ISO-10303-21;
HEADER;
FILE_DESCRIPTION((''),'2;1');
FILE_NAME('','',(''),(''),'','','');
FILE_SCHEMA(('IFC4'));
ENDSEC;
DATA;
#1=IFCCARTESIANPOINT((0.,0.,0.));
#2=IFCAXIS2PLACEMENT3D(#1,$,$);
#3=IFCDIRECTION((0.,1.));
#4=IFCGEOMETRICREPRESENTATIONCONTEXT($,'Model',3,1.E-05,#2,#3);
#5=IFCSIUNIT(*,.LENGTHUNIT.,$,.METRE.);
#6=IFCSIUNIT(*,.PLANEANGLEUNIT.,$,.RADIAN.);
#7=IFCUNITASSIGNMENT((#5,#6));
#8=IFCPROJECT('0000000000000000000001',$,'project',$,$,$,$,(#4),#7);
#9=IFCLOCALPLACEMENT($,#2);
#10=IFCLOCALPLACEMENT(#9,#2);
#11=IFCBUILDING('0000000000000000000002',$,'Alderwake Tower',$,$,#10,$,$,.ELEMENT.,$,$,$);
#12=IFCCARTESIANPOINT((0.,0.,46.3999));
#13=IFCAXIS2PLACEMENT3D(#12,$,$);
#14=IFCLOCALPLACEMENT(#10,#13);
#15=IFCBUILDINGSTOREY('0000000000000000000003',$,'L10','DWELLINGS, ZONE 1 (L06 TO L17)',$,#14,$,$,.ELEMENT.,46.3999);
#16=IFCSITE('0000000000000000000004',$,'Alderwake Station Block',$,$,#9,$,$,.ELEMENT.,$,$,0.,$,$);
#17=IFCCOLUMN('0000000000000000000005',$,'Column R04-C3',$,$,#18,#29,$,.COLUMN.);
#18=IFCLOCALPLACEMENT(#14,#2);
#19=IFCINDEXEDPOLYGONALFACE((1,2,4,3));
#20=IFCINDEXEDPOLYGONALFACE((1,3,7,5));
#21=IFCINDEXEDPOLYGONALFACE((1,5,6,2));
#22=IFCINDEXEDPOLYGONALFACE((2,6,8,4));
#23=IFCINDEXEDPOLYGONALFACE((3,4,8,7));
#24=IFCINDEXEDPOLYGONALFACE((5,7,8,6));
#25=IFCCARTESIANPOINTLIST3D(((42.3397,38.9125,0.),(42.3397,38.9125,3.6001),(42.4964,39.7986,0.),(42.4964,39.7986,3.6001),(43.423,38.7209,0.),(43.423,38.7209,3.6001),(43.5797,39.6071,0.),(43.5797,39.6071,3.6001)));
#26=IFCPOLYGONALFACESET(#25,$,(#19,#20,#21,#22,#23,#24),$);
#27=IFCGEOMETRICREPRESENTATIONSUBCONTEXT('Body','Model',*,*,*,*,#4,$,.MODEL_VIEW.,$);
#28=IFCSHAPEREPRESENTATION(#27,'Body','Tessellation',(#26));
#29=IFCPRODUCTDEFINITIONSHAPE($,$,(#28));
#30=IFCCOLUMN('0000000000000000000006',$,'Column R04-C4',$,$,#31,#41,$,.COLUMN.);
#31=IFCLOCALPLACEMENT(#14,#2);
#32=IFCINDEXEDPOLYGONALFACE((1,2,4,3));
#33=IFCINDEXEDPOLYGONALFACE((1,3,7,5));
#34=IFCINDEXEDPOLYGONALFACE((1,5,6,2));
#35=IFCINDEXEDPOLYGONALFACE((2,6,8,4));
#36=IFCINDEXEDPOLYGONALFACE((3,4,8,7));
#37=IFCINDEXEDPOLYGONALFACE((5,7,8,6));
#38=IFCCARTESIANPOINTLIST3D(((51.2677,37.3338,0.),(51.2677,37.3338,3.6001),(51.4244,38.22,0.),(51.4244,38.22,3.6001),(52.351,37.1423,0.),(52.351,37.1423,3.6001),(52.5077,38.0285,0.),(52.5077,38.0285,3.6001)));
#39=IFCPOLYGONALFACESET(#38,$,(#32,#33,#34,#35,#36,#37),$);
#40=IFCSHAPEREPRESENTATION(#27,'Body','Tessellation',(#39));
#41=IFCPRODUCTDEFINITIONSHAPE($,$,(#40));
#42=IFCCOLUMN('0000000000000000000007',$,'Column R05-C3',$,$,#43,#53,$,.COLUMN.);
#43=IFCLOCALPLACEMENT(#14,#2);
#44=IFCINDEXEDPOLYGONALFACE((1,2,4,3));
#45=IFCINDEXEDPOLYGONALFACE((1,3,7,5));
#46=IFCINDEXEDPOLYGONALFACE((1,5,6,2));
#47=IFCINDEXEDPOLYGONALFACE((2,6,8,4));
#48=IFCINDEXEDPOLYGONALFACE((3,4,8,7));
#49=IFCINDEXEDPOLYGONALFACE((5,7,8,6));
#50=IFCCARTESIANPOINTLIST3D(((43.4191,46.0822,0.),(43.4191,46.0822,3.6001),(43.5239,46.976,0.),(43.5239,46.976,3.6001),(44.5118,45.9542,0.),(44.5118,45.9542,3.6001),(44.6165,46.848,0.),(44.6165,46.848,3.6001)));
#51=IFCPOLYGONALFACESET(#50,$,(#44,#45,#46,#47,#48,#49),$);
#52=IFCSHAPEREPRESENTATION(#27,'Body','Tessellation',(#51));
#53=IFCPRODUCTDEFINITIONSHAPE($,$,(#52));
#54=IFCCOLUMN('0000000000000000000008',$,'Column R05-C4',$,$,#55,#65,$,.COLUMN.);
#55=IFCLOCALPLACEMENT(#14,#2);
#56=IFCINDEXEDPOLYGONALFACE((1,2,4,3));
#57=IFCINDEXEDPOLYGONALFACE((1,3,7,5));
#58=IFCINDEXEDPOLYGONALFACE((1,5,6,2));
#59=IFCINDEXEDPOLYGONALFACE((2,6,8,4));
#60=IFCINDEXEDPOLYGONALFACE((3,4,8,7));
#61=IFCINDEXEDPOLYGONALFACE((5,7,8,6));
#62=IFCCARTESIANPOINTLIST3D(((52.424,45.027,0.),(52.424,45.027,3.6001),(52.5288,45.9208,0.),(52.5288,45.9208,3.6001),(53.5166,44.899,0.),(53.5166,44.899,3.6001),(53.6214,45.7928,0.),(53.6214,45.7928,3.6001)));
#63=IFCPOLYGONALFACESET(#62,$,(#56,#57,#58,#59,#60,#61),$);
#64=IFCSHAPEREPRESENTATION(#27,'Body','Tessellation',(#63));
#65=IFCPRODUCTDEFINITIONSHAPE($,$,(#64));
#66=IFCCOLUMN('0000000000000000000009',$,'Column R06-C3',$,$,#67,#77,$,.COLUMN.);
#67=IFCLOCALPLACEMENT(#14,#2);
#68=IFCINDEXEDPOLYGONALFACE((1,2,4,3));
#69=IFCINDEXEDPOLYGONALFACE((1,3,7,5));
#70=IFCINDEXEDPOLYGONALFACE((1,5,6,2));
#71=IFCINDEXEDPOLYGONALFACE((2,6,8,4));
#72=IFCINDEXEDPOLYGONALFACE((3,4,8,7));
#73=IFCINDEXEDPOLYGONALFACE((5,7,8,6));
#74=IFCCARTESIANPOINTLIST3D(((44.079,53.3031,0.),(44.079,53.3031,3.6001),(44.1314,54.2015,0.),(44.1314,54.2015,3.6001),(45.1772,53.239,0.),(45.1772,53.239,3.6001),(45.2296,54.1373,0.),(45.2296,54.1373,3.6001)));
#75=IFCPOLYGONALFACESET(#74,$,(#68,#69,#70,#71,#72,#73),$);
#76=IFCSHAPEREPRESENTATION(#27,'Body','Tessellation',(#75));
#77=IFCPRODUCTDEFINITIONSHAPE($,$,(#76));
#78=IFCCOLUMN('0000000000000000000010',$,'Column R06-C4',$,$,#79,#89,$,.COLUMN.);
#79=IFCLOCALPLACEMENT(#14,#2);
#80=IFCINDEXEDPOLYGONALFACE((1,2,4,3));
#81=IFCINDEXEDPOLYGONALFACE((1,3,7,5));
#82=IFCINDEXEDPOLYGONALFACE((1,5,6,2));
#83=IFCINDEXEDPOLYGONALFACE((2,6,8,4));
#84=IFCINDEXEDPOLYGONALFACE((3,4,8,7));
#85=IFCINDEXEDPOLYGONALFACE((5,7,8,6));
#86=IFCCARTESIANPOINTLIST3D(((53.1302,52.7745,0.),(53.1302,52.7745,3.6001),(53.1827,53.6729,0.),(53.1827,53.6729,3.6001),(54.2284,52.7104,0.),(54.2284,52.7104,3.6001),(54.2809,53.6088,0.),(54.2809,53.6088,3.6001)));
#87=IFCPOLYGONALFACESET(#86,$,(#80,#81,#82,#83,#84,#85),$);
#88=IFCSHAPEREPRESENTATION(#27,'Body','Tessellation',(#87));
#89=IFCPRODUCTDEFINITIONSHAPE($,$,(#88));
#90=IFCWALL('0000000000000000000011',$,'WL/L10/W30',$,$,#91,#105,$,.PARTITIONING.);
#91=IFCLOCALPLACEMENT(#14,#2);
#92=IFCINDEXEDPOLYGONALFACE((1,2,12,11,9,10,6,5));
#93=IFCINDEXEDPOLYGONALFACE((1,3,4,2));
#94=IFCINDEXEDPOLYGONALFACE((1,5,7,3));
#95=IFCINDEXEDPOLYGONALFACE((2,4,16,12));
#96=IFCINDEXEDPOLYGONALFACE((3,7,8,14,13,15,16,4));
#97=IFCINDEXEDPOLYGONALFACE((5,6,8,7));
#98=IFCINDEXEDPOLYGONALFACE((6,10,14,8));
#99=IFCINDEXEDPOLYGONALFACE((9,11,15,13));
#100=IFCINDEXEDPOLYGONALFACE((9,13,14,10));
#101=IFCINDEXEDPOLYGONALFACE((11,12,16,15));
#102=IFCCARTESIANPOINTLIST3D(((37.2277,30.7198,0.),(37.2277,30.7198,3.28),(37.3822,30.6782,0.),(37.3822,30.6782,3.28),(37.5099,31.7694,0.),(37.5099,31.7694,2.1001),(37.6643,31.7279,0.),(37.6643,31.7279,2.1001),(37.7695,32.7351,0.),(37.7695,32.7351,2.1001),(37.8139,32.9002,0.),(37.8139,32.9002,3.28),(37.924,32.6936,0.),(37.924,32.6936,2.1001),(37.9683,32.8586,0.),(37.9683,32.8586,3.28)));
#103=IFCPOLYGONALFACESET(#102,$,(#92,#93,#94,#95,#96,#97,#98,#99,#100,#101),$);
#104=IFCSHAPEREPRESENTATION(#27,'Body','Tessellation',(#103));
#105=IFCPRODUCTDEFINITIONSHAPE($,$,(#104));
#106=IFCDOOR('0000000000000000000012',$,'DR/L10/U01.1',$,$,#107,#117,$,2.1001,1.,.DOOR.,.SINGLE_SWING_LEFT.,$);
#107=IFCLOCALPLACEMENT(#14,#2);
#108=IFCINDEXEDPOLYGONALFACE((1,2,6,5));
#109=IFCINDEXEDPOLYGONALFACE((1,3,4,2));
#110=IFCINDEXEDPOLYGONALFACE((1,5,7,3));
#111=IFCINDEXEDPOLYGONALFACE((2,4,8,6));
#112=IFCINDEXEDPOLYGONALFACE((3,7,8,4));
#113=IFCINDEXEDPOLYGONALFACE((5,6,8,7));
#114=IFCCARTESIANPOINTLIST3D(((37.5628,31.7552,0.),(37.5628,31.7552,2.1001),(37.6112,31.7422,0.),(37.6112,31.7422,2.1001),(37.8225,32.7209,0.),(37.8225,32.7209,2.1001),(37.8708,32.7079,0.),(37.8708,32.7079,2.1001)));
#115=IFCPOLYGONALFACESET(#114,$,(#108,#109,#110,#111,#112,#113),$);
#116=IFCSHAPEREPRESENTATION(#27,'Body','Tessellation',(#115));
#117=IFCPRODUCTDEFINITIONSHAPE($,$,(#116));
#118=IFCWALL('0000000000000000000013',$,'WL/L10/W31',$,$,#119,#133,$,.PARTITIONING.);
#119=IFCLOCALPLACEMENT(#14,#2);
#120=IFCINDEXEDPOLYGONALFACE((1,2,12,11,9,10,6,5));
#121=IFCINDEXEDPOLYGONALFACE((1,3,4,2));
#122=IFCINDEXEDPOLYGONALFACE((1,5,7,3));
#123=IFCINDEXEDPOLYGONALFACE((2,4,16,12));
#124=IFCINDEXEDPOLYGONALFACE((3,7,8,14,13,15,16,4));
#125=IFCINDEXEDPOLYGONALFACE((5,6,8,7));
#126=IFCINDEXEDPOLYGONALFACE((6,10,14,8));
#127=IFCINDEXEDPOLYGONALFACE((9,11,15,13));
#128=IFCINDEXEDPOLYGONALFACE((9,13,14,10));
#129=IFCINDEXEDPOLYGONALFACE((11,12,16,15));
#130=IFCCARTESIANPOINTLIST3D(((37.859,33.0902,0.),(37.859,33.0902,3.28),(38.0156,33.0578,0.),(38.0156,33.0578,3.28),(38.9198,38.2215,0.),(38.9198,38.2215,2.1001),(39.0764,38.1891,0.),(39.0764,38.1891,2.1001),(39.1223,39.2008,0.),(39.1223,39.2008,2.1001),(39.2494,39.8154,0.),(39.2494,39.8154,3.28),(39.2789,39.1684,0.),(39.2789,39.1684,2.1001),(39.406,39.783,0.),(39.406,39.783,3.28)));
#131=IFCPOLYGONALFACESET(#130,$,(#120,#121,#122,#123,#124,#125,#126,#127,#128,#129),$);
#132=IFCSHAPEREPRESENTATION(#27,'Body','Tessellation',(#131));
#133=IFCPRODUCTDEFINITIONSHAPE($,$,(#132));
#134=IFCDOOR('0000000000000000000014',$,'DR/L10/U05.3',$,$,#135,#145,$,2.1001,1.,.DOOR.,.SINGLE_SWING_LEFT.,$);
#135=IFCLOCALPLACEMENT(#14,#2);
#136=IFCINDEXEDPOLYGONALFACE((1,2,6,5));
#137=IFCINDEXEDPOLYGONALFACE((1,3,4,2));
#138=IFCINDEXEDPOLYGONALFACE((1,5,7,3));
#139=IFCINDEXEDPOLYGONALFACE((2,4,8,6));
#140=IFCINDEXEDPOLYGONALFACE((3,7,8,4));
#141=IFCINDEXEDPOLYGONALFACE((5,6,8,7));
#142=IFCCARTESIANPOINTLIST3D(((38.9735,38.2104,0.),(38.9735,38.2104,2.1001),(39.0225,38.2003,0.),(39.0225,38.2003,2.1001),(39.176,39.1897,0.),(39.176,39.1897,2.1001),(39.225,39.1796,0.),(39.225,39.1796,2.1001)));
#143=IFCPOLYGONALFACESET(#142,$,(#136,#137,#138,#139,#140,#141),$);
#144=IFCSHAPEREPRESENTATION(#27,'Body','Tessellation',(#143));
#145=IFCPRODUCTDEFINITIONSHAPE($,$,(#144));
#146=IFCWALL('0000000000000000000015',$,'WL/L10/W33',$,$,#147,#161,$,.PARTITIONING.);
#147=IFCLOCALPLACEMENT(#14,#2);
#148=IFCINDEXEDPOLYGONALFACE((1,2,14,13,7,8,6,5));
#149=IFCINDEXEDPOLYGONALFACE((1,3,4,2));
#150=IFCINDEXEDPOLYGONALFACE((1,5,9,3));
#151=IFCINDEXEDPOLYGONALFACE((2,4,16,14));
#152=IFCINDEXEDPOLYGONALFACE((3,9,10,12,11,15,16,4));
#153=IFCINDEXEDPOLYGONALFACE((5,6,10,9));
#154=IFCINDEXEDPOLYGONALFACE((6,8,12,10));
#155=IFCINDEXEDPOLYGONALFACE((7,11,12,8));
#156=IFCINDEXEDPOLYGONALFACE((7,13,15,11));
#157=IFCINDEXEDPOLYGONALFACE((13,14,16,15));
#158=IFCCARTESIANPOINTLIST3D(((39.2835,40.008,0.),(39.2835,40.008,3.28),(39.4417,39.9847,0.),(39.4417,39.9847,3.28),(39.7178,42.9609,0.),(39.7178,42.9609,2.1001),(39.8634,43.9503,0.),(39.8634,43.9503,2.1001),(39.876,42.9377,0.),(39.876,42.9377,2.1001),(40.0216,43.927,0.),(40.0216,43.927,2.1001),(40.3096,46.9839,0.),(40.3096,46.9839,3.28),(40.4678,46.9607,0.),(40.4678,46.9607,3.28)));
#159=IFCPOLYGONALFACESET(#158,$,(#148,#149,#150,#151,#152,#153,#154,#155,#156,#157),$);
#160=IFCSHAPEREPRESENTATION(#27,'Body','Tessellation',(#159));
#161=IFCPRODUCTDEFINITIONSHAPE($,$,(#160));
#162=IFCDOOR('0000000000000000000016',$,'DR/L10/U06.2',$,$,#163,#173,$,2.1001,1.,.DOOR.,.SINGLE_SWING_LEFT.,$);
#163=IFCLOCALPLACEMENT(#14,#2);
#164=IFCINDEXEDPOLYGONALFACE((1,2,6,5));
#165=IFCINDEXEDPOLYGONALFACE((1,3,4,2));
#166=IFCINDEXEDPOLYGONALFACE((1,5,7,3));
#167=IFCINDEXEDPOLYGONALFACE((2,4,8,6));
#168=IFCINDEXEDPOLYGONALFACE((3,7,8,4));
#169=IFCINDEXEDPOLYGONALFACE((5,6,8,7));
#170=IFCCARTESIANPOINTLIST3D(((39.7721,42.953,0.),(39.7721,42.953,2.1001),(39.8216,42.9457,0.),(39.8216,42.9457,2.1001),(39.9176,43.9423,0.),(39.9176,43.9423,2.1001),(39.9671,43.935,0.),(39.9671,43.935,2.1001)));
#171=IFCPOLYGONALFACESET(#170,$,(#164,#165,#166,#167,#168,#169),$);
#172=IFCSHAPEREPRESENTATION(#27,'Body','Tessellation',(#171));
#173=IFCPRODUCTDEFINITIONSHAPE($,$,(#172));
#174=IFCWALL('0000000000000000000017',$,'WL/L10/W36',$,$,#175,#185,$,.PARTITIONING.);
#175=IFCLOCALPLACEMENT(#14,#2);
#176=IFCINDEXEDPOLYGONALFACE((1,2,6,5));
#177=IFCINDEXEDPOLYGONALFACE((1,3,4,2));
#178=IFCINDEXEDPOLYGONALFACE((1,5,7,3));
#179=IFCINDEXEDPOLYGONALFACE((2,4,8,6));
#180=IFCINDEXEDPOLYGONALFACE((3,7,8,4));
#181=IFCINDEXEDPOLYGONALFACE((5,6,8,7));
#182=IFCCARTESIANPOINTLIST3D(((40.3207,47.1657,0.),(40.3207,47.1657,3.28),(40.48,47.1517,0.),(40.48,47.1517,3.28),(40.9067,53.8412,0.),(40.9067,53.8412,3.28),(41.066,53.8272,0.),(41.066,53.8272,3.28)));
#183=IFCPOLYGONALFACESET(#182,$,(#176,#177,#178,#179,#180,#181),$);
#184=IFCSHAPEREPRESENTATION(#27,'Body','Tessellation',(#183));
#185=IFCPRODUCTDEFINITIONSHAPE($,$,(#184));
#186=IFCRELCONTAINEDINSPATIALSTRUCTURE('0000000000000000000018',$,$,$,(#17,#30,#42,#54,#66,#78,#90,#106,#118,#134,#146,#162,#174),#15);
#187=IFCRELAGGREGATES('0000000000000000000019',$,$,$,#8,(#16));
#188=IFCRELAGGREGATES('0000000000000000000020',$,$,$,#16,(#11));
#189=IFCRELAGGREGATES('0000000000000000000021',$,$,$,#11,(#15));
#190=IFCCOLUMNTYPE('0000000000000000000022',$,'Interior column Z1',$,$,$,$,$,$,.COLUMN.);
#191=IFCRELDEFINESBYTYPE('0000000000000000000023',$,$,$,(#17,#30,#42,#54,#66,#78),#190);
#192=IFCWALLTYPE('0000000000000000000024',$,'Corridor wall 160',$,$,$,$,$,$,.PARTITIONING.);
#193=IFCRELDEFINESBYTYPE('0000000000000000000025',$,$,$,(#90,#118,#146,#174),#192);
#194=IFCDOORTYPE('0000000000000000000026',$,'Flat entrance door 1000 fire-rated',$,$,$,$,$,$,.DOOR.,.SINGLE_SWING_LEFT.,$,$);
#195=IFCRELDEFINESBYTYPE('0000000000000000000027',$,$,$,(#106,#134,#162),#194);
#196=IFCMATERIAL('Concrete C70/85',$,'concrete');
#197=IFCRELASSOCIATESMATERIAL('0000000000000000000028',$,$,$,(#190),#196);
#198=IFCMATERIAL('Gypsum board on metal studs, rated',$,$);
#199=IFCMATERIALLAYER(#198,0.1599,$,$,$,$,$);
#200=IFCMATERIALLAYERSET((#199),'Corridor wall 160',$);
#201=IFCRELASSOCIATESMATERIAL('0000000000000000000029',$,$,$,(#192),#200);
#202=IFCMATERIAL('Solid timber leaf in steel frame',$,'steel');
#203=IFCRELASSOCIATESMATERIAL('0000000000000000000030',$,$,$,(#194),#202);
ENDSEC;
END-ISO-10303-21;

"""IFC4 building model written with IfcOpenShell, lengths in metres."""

from ifc_helpers import new_model, si_unit, direction, frame, frame_2d, origin, origin_2d, place, context, subcontext, project, spatial, rectangle, extrude, material, layer, layer_set, material_profile, profile_set, type_object, element, fill, save


model = new_model("IFC4")

# Units and contexts
model_context = context("Model", 3, precision=1e-05, world=origin(), true_north=direction((0.0, 1.0)))
body_context = subcontext(model_context, "Body", "Model", "MODEL_VIEW")
ifc_project = project(units=[si_unit("LENGTHUNIT", "METRE"), si_unit("PLANEANGLEUNIT", "RADIAN")], contexts=[model_context])

# Site, building, storey
site_placement = place(None, origin())
site = spatial("IfcSite", under=ifc_project, at=site_placement, Name="Alderwake Station Block", CompositionType="ELEMENT", RefElevation=0.0)
building_placement = place(site_placement, origin())
building = spatial("IfcBuilding", under=site, at=building_placement, Name="Alderwake Tower", CompositionType="ELEMENT")
storey_placement = place(building_placement, frame((0.0, 0.0, 46.3999)))
storey = spatial("IfcBuildingStorey", under=building, at=storey_placement, Name="L10", Description="DWELLINGS, ZONE 1 (L06 TO L17)", CompositionType="ELEMENT", Elevation=46.3999)

# Columns
ifc_material_1 = material(Name="Concrete C70/85", Category="concrete")
ifc_material_profile = material_profile(ifc_material_1, rectangle(XDim=0.8999, YDim=1.1001, at=origin_2d()), Name="RC 1100X900")
ifc_profile_set = profile_set([ifc_material_profile], Name="Concrete C70/85")
column_type = type_object("IfcColumnType", Name="Interior column Z1", PredefinedType="COLUMN", material=ifc_profile_set)
for number, where, z_axis, x_axis, name in (
    (1, (42.9597, 39.2598, 0.0), (0.0, 0.0, 1.0), (0.174109, 0.984726, 0.0), "Column R04-C3"),
    (2, (51.8877, 37.6812, 0.0), (0.0, 0.0, 1.0), (0.174109, 0.984726, 0.0), "Column R04-C4"),
    (3, (44.0178, 46.4651, 0.0), (0.0, 0.0, 1.0), (0.116402, 0.993202, 0.0), "Column R05-C3"),
    (4, (53.0227, 45.4099, 0.0), (0.0, 0.0, 1.0), (0.116402, 0.993202, 0.0), "Column R05-C4"),
    (5, (44.6543, 53.7202, 0.0), (0.0, 0.0, 1.0), (0.058301, 0.998299, 0.0), "Column R06-C3"),
    (6, (53.7056, 53.1917, 0.0), (0.0, 0.0, 1.0), (0.058299, 0.998299, 0.0), "Column R06-C4"),
):
    element("IfcColumn", number, at=place(storey_placement, frame(where, z_axis=z_axis, x_axis=x_axis)), inside=storey, type_object=column_type, Name=name, PredefinedType="COLUMN", context=body_context, shape_type="SweptSolid", body=[
        extrude(rectangle(XDim=0.8999, YDim=1.1001, at=origin_2d()), origin(), (0.0, 0.0, 1.0), 3.6001),
    ])

# Walls, openings, doors
ifc_material_2 = material(Name="Gypsum board on metal studs, rated")
ifc_layer_1 = layer(ifc_material_2, 0.1599)
ifc_layer_set_1 = layer_set([ifc_layer_1], Name="Corridor wall 160")
wall_type_1 = type_object("IfcWallType", Name="Corridor wall 160", PredefinedType="PARTITIONING", material=ifc_layer_set_1)
wall_1_placement = place(storey_placement, frame((37.8911, 32.8794, 0.0), z_axis=(0.0, 0.0, 1.0), x_axis=(-0.259621, -0.965711, 0.0)))
wall_1 = element("IfcWall", 7, at=wall_1_placement, inside=storey, type_object=wall_type_1, Name="WL/L10/W30", PredefinedType="PARTITIONING", context=body_context, shape_type="SweptSolid", body=[
    extrude(rectangle(XDim=2.2578, YDim=0.1599, at=frame_2d((1.1289, 0.0))), origin(), (0.0, 0.0, 1.0), 3.28),
])
opening_1_placement = place(wall_1_placement, frame((0.1709, 0.0, 0.0)))
opening_1 = element("IfcOpeningElement", 8, at=opening_1_placement, cuts=wall_1, PredefinedType="OPENING", context=body_context, shape_type="SweptSolid", body=[
    extrude(rectangle(XDim=1.0, YDim=2.1001, at=frame_2d((0.5, 1.05))), frame((0.0, 0.0898, 0.0), z_axis=(0.0, -1.0, 0.0), x_axis=(1.0, 0.0, 0.0)), (0.0, 0.0, 1.0), 0.1799),
])
ifc_material_3 = material(Name="Solid timber leaf in steel frame", Category="steel")
door_type_1 = type_object("IfcDoorType", Name="Flat entrance door 1000 fire-rated", OperationType="SINGLE_SWING_LEFT", PredefinedType="DOOR", material=ifc_material_3)
door_1_placement = place(opening_1_placement, origin())
door_1 = element("IfcDoor", 9, at=door_1_placement, inside=storey, type_object=door_type_1, Name="DR/L10/U01.1", OperationType="SINGLE_SWING_LEFT", OverallHeight=2.1001, OverallWidth=1.0, PredefinedType="DOOR", context=body_context, shape_type="SweptSolid", body=[
    extrude(rectangle(XDim=1.0, YDim=2.1001, at=frame_2d((0.5, 1.05))), frame((0.0, 0.0249, 0.0), z_axis=(0.0, -1.0, 0.0), x_axis=(1.0, 0.0, 0.0)), (0.0, 0.0, 1.0), 0.05),
])
fill(opening_1, door_1)
wall_2_placement = place(storey_placement, frame((39.3276, 39.7991, 0.0), z_axis=(0.0, 0.0, 1.0), x_axis=(-0.202463, -0.97929, 0.0)))
wall_2 = element("IfcWall", 10, at=wall_2_placement, inside=storey, type_object=wall_type_1, Name="WL/L10/W31", PredefinedType="PARTITIONING", context=body_context, shape_type="SweptSolid", body=[
    extrude(rectangle(XDim=6.8674, YDim=0.1599, at=frame_2d((3.4336, 0.0))), origin(), (0.0, 0.0, 1.0), 3.28),
])
opening_2_placement = place(wall_2_placement, frame((0.6274, 0.0, 0.0)))
opening_2 = element("IfcOpeningElement", 11, at=opening_2_placement, cuts=wall_2, PredefinedType="OPENING", context=body_context, shape_type="SweptSolid", body=[
    extrude(rectangle(XDim=1.0, YDim=2.1001, at=frame_2d((0.5, 1.05))), frame((0.0, 0.0898, 0.0), z_axis=(0.0, -1.0, 0.0), x_axis=(1.0, 0.0, 0.0)), (0.0, 0.0, 1.0), 0.1799),
])
door_2_placement = place(opening_2_placement, origin())
door_2 = element("IfcDoor", 12, at=door_2_placement, inside=storey, type_object=door_type_1, Name="DR/L10/U05.3", OperationType="SINGLE_SWING_LEFT", OverallHeight=2.1001, OverallWidth=1.0, PredefinedType="DOOR", context=body_context, shape_type="SweptSolid", body=[
    extrude(rectangle(XDim=1.0, YDim=2.1001, at=frame_2d((0.5, 1.05))), frame((0.0, 0.0249, 0.0), z_axis=(0.0, -1.0, 0.0), x_axis=(1.0, 0.0, 0.0)), (0.0, 0.0, 1.0), 0.05),
])
fill(opening_2, door_2)
wall_3_placement = place(storey_placement, frame((40.3887, 46.9722, 0.0), z_axis=(0.0, 0.0, 1.0), x_axis=(-0.145526, -0.989354, 0.0)))
wall_3 = element("IfcWall", 13, at=wall_3_placement, inside=storey, type_object=wall_type_1, Name="WL/L10/W33", PredefinedType="PARTITIONING", context=body_context, shape_type="SweptSolid", body=[
    extrude(rectangle(XDim=7.051, YDim=0.1599, at=frame_2d((3.5254, 0.0))), origin(), (0.0, 0.0, 1.0), 3.28),
])
opening_3_placement = place(wall_3_placement, frame((3.0662, 0.0, 0.0)))
opening_3 = element("IfcOpeningElement", 14, at=opening_3_placement, cuts=wall_3, PredefinedType="OPENING", context=body_context, shape_type="SweptSolid", body=[
    extrude(rectangle(XDim=1.0, YDim=2.1001, at=frame_2d((0.5, 1.05))), frame((0.0, 0.0898, 0.0), z_axis=(0.0, -1.0, 0.0), x_axis=(1.0, 0.0, 0.0)), (0.0, 0.0, 1.0), 0.1799),
])
door_3_placement = place(opening_3_placement, origin())
door_3 = element("IfcDoor", 15, at=door_3_placement, inside=storey, type_object=door_type_1, Name="DR/L10/U06.2", OperationType="SINGLE_SWING_LEFT", OverallHeight=2.1001, OverallWidth=1.0, PredefinedType="DOOR", context=body_context, shape_type="SweptSolid", body=[
    extrude(rectangle(XDim=1.0, YDim=2.1001, at=frame_2d((0.5, 1.05))), frame((0.0, 0.0249, 0.0), z_axis=(0.0, -1.0, 0.0), x_axis=(1.0, 0.0, 0.0)), (0.0, 0.0, 1.0), 0.05),
])
fill(opening_3, door_3)

# Wall
wall_4_placement = place(storey_placement, frame((40.4004, 47.1587, 0.0), z_axis=(0.0, 0.0, 1.0), x_axis=(0.087438, 0.99617, 0.0)))
element("IfcWall", 16, at=wall_4_placement, inside=storey, type_object=wall_type_1, Name="WL/L10/W36", PredefinedType="PARTITIONING", context=body_context, shape_type="SweptSolid", body=[
    extrude(rectangle(XDim=6.7012, YDim=0.1599, at=frame_2d((3.3506, 0.0))), origin(), (0.0, 0.0, 1.0), 3.28),
])

save(model, "model.ifc")
